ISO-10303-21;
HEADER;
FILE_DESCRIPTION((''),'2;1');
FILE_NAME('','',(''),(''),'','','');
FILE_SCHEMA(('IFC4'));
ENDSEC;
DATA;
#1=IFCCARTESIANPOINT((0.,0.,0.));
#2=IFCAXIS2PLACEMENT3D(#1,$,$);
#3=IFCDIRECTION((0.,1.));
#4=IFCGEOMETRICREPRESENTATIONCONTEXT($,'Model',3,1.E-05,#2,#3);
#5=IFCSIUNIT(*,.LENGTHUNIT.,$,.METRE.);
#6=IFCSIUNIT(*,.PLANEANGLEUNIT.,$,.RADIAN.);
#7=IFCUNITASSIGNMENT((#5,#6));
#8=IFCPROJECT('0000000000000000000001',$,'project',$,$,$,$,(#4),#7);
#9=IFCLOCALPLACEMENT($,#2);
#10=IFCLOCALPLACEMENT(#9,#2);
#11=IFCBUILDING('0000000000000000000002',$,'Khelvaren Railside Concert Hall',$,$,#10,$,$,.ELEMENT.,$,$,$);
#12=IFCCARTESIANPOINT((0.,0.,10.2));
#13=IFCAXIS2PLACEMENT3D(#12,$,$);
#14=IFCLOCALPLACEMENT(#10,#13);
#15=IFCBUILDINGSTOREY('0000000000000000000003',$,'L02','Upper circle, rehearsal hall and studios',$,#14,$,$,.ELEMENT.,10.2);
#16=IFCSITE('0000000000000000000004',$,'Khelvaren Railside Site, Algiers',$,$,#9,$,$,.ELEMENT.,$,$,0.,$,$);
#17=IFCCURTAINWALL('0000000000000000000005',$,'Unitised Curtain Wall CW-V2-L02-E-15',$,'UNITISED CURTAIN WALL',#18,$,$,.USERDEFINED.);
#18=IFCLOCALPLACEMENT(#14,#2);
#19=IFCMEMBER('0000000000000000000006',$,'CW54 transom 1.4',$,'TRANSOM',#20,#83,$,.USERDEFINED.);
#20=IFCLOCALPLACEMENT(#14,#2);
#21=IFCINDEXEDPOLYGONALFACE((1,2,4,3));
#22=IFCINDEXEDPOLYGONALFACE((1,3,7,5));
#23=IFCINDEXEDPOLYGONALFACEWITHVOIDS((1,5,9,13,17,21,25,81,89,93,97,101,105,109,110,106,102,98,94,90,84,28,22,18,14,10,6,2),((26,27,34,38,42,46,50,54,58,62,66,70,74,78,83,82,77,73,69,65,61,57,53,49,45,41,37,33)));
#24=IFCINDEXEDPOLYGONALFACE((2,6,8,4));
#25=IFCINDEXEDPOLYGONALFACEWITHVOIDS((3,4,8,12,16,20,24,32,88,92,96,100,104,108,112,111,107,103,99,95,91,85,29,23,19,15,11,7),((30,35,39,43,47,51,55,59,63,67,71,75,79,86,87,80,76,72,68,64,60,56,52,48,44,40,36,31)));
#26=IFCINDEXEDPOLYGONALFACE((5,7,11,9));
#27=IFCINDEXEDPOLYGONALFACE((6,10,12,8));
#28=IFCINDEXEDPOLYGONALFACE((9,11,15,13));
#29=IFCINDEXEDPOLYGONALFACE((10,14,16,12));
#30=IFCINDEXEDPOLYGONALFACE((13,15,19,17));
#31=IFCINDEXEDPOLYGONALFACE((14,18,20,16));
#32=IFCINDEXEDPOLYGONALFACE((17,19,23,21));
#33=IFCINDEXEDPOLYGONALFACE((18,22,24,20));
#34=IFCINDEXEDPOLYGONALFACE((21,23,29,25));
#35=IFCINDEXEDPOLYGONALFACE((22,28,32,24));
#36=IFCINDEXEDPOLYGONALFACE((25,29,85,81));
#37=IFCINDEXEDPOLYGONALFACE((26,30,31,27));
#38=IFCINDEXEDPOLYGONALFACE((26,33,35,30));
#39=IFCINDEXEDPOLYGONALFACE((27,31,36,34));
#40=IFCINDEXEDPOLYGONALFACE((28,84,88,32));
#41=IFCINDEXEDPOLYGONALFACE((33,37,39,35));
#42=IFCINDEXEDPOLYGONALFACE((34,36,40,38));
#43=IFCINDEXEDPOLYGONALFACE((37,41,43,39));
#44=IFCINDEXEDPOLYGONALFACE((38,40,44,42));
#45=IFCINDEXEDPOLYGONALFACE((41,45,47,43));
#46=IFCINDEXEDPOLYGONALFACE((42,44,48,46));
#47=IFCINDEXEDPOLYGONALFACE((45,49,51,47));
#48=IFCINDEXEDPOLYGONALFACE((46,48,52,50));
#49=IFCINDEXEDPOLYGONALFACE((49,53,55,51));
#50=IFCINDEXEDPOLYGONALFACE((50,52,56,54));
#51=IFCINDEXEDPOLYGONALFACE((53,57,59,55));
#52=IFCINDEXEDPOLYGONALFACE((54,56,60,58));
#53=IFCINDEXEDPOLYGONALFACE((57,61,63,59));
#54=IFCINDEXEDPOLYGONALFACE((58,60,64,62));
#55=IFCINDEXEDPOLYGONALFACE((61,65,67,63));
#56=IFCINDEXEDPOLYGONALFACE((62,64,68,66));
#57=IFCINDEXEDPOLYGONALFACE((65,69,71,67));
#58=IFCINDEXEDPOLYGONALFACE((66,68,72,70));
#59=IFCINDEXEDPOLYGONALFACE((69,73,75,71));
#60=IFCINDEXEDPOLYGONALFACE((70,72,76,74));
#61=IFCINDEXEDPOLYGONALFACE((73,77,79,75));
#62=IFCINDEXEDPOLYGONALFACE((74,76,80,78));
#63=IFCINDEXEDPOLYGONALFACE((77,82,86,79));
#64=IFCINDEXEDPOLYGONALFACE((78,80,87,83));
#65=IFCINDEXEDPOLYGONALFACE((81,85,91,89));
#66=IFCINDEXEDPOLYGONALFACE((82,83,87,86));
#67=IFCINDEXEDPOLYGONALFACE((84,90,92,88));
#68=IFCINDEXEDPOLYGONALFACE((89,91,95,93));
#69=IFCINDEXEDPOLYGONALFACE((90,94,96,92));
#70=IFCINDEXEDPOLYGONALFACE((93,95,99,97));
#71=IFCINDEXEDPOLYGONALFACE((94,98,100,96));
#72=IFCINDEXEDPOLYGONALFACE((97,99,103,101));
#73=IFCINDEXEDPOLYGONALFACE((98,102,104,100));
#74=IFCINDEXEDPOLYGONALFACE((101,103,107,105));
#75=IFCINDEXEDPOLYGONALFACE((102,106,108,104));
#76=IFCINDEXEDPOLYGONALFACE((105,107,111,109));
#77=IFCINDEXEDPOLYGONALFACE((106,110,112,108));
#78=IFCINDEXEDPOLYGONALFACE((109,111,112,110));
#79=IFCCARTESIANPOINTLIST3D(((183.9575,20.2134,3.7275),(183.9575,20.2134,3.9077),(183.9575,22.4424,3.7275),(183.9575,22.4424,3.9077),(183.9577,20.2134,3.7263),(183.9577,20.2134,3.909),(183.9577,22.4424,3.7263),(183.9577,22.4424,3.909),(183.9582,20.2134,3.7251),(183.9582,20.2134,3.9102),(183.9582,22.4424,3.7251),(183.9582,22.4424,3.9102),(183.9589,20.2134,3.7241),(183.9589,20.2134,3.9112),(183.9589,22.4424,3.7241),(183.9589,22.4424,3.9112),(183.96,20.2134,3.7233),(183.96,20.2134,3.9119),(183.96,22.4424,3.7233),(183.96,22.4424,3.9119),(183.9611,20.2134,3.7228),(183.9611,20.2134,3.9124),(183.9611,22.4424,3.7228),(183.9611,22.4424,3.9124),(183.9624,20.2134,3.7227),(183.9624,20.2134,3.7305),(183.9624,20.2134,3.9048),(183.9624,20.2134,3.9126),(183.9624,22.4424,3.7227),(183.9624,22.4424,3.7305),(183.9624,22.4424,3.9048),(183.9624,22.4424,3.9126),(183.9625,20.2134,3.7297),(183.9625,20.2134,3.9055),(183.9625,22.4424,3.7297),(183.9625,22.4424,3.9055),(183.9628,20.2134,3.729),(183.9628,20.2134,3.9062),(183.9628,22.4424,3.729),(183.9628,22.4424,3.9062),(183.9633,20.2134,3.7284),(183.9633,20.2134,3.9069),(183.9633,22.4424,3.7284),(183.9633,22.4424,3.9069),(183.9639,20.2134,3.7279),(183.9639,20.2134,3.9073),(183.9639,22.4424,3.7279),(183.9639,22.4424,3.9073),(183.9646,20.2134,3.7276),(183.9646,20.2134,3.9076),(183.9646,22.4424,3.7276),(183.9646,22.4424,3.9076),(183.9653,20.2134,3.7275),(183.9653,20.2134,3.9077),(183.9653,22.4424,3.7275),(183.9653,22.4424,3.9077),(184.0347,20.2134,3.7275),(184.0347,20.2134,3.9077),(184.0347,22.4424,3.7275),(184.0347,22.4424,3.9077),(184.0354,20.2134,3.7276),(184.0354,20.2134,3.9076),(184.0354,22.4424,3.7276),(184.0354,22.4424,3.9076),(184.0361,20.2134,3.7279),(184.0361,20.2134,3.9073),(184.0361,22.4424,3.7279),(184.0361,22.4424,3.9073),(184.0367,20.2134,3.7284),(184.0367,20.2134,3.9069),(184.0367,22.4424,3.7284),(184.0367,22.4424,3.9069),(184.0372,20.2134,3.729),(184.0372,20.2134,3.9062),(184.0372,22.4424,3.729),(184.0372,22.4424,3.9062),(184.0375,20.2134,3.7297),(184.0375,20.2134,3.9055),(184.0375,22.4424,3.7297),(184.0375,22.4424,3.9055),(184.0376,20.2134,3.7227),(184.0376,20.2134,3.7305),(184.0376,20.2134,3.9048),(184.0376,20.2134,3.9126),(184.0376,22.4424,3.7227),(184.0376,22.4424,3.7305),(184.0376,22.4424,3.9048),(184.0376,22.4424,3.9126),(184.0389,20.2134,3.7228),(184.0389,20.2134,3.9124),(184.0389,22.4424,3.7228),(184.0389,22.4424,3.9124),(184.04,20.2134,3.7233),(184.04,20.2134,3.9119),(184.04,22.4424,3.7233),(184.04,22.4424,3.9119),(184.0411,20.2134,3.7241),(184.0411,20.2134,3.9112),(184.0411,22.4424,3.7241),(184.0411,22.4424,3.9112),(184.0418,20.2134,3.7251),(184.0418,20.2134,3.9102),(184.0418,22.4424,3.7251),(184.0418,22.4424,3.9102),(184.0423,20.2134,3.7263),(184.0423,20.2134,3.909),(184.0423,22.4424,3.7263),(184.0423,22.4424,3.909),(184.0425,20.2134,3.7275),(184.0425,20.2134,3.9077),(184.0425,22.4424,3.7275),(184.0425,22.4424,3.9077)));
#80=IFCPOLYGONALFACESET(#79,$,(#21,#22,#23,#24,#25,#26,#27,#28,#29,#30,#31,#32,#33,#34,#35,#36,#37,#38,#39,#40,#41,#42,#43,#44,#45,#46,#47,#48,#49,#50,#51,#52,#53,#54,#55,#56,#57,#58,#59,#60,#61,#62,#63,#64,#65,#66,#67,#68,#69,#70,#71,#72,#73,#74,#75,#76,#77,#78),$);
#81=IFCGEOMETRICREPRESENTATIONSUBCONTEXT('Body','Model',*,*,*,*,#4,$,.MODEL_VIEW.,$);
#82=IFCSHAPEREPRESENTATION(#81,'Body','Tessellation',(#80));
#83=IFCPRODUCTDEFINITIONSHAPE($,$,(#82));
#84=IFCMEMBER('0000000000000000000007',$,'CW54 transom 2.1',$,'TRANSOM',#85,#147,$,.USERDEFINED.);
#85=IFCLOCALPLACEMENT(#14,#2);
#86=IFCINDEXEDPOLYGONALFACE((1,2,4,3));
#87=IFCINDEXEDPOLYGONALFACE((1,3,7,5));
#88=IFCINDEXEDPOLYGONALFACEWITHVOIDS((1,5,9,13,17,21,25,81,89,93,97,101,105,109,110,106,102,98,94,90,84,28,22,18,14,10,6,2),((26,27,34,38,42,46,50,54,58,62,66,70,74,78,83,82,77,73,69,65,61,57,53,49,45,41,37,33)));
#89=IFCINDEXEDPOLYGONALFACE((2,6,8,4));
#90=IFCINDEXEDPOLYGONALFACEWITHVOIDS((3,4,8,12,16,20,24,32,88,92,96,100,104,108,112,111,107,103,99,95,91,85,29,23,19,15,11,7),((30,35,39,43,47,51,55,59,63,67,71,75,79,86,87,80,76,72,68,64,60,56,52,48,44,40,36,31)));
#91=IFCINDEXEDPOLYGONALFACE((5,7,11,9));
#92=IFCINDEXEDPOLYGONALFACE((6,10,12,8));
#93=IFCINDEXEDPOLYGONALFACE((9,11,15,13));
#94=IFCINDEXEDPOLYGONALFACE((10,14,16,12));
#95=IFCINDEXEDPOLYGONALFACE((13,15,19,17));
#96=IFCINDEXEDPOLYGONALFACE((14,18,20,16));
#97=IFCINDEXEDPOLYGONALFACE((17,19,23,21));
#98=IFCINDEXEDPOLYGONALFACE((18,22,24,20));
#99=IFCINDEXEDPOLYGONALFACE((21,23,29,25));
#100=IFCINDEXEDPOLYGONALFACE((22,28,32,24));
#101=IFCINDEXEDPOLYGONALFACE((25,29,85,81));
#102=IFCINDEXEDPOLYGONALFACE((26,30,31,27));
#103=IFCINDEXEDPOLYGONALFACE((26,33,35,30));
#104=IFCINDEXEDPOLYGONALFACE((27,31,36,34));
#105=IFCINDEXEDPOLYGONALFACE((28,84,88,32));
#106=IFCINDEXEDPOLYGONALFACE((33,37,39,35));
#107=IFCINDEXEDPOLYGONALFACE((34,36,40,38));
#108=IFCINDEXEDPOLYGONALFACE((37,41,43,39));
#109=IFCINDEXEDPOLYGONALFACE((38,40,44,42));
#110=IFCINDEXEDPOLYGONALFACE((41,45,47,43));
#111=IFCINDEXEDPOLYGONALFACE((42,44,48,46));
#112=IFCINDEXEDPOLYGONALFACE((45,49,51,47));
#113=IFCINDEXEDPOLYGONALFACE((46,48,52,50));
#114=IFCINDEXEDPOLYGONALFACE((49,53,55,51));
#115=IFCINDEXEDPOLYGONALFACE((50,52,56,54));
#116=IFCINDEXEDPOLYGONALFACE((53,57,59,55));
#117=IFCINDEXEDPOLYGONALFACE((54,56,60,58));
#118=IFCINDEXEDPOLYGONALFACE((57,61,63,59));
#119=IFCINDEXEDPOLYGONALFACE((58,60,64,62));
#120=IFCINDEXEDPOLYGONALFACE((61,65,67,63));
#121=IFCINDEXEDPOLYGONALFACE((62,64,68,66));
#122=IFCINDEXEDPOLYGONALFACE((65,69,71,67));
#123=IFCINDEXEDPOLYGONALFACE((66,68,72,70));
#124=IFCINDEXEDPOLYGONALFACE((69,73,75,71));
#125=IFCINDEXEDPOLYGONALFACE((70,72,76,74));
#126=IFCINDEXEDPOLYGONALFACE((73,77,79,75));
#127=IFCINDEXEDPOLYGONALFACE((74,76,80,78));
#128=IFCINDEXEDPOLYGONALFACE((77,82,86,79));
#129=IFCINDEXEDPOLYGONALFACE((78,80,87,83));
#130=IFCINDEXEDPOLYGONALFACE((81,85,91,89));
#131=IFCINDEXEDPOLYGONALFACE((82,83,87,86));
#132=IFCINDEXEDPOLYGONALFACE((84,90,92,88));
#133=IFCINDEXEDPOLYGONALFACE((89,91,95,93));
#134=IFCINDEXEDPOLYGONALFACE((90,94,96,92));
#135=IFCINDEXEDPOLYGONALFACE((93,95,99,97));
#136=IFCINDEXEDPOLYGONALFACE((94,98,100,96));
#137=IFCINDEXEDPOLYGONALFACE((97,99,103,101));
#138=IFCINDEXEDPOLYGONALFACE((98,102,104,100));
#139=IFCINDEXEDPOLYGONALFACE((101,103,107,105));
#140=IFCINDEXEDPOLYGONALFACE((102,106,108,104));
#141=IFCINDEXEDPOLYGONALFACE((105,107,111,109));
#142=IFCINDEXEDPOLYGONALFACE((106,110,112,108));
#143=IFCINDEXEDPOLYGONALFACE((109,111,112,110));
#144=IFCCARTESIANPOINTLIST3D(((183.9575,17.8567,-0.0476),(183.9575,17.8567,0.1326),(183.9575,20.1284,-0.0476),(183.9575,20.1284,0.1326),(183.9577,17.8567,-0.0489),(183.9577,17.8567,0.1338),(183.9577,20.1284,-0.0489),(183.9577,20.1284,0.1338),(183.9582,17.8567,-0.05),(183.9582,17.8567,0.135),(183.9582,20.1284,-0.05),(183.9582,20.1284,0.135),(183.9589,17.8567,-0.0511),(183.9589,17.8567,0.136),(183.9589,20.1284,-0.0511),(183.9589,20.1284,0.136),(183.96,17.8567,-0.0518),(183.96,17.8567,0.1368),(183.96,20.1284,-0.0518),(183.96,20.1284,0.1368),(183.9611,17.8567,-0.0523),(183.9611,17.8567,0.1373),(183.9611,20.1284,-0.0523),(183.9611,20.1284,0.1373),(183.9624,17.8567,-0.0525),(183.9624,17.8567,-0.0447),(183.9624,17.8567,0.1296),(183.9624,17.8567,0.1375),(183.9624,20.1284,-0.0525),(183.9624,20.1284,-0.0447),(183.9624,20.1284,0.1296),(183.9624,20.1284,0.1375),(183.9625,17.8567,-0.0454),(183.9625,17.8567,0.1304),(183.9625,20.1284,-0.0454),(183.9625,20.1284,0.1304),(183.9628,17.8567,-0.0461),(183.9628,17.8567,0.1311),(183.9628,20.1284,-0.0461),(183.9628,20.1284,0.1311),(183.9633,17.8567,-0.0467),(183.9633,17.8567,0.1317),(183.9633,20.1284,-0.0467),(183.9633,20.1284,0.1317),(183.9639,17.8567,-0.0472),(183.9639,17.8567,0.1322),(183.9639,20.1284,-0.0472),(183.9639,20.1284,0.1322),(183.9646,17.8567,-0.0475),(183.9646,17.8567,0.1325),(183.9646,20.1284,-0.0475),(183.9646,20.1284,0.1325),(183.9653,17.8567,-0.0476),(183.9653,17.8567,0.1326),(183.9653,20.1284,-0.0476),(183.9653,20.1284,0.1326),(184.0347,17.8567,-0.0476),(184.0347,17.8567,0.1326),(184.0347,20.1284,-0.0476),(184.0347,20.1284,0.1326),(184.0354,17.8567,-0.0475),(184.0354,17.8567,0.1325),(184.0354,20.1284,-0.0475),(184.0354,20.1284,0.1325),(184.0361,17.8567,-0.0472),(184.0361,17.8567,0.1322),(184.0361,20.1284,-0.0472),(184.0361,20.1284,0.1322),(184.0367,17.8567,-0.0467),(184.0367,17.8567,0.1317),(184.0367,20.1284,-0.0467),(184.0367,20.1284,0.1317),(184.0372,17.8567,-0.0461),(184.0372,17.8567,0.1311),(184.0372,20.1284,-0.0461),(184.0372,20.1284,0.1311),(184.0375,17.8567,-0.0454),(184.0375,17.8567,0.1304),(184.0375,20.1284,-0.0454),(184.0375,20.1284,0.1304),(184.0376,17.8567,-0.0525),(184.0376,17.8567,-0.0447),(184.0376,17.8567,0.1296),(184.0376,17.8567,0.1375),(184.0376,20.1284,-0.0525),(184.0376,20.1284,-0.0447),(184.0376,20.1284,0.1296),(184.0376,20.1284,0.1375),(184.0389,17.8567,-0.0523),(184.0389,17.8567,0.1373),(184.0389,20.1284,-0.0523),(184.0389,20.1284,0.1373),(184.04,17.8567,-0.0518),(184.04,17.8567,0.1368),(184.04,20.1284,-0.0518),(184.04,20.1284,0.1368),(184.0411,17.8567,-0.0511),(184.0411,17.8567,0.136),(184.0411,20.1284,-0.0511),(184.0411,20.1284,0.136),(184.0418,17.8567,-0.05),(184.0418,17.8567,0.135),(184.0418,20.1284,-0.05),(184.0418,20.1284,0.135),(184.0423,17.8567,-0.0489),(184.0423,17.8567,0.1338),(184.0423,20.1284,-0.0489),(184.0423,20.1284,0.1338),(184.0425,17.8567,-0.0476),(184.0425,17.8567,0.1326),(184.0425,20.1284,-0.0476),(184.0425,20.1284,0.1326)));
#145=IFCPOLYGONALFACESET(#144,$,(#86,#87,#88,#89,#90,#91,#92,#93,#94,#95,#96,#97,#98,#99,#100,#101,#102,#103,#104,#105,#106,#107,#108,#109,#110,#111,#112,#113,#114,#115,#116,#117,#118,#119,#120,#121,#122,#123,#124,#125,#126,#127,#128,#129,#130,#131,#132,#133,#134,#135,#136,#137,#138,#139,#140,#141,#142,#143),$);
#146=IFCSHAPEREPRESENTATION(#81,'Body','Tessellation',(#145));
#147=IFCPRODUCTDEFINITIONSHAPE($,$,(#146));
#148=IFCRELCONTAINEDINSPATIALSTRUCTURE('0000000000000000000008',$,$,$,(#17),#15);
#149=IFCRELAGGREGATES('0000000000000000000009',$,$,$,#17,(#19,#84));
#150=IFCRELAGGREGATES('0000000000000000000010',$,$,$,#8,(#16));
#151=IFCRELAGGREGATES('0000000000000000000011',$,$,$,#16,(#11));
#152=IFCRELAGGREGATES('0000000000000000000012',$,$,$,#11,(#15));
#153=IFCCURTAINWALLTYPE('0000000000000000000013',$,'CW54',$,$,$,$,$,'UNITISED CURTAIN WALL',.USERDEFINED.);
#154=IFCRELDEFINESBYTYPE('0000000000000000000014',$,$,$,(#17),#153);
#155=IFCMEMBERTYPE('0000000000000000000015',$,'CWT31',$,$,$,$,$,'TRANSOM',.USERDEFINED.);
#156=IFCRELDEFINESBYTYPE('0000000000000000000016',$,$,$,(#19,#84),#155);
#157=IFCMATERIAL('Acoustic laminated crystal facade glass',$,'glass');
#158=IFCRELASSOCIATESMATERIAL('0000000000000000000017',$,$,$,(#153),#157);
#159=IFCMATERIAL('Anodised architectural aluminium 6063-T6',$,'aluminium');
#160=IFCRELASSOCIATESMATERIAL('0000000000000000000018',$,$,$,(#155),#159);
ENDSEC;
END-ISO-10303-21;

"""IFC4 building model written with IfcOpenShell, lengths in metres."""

from ifc_helpers import new_model, si_unit, direction, frame, origin, origin_2d, place, context, subcontext, project, spatial, hollow_rectangle, extrude, material, material_profile, profile_set, type_object, element, aggregate, save


model = new_model("IFC4")

# Units and contexts
model_context = context("Model", 3, precision=1e-05, world=origin(), true_north=direction((0.0, 1.0)))
body_context = subcontext(model_context, "Body", "Model", "MODEL_VIEW")
ifc_project = project(units=[si_unit("LENGTHUNIT", "METRE"), si_unit("PLANEANGLEUNIT", "RADIAN")], contexts=[model_context])

# Site, building, storey
site_placement = place(None, origin())
site = spatial("IfcSite", under=ifc_project, at=site_placement, Name="Khelvaren Railside Site, Algiers", CompositionType="ELEMENT", RefElevation=0.0)
building_placement = place(site_placement, origin())
building = spatial("IfcBuilding", under=site, at=building_placement, Name="Khelvaren Railside Concert Hall", CompositionType="ELEMENT")
storey_placement = place(building_placement, frame((0.0, 0.0, 10.2)))
storey = spatial("IfcBuildingStorey", under=building, at=storey_placement, Name="L02", Description="Upper circle, rehearsal hall and studios", CompositionType="ELEMENT", Elevation=10.2)

# Curtain wall, members
ifc_material_1 = material(Name="Acoustic laminated crystal facade glass", Category="glass")
curtain_wall_type = type_object("IfcCurtainWallType", Name="CW54", ElementType="UNITISED CURTAIN WALL", PredefinedType="USERDEFINED", material=ifc_material_1)
curtain_wall_placement = place(storey_placement, origin())
curtain_wall = element("IfcCurtainWall", 1, at=curtain_wall_placement, inside=storey, type_object=curtain_wall_type, Name="Unitised Curtain Wall CW-V2-L02-E-15", ObjectType="UNITISED CURTAIN WALL", PredefinedType="USERDEFINED")
ifc_material_2 = material(Name="Anodised architectural aluminium 6063-T6", Category="aluminium")
ifc_material_profile_1 = material_profile(ifc_material_2, hollow_rectangle(XDim=0.085, YDim=0.1899, WallThickness=0.0049, InnerFilletRadius=0.0029, OuterFilletRadius=0.0049, at=origin_2d()), Name="CWT 85x190x5")
ifc_profile_set_1 = profile_set([ifc_material_profile_1], Name="Anodised architectural aluminium 6063-T6")
member_type_1 = type_object("IfcMemberType", Name="CWT31", ElementType="TRANSOM", PredefinedType="USERDEFINED", material=ifc_profile_set_1)
member_1_placement = place(storey_placement, frame((184.0, 22.4424, 3.8176), z_axis=(0.0, -1.0, 0.0), x_axis=(1.0, 0.0, 0.0)))
member_1 = element("IfcMember", 2, at=member_1_placement, type_object=member_type_1, Name="CW54 transom 1.4", ObjectType="TRANSOM", PredefinedType="USERDEFINED", context=body_context, shape_type="SweptSolid", body=[
    extrude(hollow_rectangle(XDim=0.085, YDim=0.1899, WallThickness=0.0049, InnerFilletRadius=0.0029, OuterFilletRadius=0.0049, at=origin_2d()), origin(), (0.0, 0.0, 1.0), 2.229),
])
member_2_placement = place(storey_placement, frame((184.0, 20.1284, 0.0425), z_axis=(0.0, -1.0, 0.0), x_axis=(1.0, 0.0, 0.0)))
member_2 = element("IfcMember", 3, at=member_2_placement, type_object=member_type_1, Name="CW54 transom 2.1", ObjectType="TRANSOM", PredefinedType="USERDEFINED", context=body_context, shape_type="SweptSolid", body=[
    extrude(hollow_rectangle(XDim=0.085, YDim=0.1899, WallThickness=0.0049, InnerFilletRadius=0.0029, OuterFilletRadius=0.0049, at=origin_2d()), origin(), (0.0, 0.0, 1.0), 2.2717),
])
aggregate(curtain_wall, [member_1, member_2])

save(model, "model.ifc")
